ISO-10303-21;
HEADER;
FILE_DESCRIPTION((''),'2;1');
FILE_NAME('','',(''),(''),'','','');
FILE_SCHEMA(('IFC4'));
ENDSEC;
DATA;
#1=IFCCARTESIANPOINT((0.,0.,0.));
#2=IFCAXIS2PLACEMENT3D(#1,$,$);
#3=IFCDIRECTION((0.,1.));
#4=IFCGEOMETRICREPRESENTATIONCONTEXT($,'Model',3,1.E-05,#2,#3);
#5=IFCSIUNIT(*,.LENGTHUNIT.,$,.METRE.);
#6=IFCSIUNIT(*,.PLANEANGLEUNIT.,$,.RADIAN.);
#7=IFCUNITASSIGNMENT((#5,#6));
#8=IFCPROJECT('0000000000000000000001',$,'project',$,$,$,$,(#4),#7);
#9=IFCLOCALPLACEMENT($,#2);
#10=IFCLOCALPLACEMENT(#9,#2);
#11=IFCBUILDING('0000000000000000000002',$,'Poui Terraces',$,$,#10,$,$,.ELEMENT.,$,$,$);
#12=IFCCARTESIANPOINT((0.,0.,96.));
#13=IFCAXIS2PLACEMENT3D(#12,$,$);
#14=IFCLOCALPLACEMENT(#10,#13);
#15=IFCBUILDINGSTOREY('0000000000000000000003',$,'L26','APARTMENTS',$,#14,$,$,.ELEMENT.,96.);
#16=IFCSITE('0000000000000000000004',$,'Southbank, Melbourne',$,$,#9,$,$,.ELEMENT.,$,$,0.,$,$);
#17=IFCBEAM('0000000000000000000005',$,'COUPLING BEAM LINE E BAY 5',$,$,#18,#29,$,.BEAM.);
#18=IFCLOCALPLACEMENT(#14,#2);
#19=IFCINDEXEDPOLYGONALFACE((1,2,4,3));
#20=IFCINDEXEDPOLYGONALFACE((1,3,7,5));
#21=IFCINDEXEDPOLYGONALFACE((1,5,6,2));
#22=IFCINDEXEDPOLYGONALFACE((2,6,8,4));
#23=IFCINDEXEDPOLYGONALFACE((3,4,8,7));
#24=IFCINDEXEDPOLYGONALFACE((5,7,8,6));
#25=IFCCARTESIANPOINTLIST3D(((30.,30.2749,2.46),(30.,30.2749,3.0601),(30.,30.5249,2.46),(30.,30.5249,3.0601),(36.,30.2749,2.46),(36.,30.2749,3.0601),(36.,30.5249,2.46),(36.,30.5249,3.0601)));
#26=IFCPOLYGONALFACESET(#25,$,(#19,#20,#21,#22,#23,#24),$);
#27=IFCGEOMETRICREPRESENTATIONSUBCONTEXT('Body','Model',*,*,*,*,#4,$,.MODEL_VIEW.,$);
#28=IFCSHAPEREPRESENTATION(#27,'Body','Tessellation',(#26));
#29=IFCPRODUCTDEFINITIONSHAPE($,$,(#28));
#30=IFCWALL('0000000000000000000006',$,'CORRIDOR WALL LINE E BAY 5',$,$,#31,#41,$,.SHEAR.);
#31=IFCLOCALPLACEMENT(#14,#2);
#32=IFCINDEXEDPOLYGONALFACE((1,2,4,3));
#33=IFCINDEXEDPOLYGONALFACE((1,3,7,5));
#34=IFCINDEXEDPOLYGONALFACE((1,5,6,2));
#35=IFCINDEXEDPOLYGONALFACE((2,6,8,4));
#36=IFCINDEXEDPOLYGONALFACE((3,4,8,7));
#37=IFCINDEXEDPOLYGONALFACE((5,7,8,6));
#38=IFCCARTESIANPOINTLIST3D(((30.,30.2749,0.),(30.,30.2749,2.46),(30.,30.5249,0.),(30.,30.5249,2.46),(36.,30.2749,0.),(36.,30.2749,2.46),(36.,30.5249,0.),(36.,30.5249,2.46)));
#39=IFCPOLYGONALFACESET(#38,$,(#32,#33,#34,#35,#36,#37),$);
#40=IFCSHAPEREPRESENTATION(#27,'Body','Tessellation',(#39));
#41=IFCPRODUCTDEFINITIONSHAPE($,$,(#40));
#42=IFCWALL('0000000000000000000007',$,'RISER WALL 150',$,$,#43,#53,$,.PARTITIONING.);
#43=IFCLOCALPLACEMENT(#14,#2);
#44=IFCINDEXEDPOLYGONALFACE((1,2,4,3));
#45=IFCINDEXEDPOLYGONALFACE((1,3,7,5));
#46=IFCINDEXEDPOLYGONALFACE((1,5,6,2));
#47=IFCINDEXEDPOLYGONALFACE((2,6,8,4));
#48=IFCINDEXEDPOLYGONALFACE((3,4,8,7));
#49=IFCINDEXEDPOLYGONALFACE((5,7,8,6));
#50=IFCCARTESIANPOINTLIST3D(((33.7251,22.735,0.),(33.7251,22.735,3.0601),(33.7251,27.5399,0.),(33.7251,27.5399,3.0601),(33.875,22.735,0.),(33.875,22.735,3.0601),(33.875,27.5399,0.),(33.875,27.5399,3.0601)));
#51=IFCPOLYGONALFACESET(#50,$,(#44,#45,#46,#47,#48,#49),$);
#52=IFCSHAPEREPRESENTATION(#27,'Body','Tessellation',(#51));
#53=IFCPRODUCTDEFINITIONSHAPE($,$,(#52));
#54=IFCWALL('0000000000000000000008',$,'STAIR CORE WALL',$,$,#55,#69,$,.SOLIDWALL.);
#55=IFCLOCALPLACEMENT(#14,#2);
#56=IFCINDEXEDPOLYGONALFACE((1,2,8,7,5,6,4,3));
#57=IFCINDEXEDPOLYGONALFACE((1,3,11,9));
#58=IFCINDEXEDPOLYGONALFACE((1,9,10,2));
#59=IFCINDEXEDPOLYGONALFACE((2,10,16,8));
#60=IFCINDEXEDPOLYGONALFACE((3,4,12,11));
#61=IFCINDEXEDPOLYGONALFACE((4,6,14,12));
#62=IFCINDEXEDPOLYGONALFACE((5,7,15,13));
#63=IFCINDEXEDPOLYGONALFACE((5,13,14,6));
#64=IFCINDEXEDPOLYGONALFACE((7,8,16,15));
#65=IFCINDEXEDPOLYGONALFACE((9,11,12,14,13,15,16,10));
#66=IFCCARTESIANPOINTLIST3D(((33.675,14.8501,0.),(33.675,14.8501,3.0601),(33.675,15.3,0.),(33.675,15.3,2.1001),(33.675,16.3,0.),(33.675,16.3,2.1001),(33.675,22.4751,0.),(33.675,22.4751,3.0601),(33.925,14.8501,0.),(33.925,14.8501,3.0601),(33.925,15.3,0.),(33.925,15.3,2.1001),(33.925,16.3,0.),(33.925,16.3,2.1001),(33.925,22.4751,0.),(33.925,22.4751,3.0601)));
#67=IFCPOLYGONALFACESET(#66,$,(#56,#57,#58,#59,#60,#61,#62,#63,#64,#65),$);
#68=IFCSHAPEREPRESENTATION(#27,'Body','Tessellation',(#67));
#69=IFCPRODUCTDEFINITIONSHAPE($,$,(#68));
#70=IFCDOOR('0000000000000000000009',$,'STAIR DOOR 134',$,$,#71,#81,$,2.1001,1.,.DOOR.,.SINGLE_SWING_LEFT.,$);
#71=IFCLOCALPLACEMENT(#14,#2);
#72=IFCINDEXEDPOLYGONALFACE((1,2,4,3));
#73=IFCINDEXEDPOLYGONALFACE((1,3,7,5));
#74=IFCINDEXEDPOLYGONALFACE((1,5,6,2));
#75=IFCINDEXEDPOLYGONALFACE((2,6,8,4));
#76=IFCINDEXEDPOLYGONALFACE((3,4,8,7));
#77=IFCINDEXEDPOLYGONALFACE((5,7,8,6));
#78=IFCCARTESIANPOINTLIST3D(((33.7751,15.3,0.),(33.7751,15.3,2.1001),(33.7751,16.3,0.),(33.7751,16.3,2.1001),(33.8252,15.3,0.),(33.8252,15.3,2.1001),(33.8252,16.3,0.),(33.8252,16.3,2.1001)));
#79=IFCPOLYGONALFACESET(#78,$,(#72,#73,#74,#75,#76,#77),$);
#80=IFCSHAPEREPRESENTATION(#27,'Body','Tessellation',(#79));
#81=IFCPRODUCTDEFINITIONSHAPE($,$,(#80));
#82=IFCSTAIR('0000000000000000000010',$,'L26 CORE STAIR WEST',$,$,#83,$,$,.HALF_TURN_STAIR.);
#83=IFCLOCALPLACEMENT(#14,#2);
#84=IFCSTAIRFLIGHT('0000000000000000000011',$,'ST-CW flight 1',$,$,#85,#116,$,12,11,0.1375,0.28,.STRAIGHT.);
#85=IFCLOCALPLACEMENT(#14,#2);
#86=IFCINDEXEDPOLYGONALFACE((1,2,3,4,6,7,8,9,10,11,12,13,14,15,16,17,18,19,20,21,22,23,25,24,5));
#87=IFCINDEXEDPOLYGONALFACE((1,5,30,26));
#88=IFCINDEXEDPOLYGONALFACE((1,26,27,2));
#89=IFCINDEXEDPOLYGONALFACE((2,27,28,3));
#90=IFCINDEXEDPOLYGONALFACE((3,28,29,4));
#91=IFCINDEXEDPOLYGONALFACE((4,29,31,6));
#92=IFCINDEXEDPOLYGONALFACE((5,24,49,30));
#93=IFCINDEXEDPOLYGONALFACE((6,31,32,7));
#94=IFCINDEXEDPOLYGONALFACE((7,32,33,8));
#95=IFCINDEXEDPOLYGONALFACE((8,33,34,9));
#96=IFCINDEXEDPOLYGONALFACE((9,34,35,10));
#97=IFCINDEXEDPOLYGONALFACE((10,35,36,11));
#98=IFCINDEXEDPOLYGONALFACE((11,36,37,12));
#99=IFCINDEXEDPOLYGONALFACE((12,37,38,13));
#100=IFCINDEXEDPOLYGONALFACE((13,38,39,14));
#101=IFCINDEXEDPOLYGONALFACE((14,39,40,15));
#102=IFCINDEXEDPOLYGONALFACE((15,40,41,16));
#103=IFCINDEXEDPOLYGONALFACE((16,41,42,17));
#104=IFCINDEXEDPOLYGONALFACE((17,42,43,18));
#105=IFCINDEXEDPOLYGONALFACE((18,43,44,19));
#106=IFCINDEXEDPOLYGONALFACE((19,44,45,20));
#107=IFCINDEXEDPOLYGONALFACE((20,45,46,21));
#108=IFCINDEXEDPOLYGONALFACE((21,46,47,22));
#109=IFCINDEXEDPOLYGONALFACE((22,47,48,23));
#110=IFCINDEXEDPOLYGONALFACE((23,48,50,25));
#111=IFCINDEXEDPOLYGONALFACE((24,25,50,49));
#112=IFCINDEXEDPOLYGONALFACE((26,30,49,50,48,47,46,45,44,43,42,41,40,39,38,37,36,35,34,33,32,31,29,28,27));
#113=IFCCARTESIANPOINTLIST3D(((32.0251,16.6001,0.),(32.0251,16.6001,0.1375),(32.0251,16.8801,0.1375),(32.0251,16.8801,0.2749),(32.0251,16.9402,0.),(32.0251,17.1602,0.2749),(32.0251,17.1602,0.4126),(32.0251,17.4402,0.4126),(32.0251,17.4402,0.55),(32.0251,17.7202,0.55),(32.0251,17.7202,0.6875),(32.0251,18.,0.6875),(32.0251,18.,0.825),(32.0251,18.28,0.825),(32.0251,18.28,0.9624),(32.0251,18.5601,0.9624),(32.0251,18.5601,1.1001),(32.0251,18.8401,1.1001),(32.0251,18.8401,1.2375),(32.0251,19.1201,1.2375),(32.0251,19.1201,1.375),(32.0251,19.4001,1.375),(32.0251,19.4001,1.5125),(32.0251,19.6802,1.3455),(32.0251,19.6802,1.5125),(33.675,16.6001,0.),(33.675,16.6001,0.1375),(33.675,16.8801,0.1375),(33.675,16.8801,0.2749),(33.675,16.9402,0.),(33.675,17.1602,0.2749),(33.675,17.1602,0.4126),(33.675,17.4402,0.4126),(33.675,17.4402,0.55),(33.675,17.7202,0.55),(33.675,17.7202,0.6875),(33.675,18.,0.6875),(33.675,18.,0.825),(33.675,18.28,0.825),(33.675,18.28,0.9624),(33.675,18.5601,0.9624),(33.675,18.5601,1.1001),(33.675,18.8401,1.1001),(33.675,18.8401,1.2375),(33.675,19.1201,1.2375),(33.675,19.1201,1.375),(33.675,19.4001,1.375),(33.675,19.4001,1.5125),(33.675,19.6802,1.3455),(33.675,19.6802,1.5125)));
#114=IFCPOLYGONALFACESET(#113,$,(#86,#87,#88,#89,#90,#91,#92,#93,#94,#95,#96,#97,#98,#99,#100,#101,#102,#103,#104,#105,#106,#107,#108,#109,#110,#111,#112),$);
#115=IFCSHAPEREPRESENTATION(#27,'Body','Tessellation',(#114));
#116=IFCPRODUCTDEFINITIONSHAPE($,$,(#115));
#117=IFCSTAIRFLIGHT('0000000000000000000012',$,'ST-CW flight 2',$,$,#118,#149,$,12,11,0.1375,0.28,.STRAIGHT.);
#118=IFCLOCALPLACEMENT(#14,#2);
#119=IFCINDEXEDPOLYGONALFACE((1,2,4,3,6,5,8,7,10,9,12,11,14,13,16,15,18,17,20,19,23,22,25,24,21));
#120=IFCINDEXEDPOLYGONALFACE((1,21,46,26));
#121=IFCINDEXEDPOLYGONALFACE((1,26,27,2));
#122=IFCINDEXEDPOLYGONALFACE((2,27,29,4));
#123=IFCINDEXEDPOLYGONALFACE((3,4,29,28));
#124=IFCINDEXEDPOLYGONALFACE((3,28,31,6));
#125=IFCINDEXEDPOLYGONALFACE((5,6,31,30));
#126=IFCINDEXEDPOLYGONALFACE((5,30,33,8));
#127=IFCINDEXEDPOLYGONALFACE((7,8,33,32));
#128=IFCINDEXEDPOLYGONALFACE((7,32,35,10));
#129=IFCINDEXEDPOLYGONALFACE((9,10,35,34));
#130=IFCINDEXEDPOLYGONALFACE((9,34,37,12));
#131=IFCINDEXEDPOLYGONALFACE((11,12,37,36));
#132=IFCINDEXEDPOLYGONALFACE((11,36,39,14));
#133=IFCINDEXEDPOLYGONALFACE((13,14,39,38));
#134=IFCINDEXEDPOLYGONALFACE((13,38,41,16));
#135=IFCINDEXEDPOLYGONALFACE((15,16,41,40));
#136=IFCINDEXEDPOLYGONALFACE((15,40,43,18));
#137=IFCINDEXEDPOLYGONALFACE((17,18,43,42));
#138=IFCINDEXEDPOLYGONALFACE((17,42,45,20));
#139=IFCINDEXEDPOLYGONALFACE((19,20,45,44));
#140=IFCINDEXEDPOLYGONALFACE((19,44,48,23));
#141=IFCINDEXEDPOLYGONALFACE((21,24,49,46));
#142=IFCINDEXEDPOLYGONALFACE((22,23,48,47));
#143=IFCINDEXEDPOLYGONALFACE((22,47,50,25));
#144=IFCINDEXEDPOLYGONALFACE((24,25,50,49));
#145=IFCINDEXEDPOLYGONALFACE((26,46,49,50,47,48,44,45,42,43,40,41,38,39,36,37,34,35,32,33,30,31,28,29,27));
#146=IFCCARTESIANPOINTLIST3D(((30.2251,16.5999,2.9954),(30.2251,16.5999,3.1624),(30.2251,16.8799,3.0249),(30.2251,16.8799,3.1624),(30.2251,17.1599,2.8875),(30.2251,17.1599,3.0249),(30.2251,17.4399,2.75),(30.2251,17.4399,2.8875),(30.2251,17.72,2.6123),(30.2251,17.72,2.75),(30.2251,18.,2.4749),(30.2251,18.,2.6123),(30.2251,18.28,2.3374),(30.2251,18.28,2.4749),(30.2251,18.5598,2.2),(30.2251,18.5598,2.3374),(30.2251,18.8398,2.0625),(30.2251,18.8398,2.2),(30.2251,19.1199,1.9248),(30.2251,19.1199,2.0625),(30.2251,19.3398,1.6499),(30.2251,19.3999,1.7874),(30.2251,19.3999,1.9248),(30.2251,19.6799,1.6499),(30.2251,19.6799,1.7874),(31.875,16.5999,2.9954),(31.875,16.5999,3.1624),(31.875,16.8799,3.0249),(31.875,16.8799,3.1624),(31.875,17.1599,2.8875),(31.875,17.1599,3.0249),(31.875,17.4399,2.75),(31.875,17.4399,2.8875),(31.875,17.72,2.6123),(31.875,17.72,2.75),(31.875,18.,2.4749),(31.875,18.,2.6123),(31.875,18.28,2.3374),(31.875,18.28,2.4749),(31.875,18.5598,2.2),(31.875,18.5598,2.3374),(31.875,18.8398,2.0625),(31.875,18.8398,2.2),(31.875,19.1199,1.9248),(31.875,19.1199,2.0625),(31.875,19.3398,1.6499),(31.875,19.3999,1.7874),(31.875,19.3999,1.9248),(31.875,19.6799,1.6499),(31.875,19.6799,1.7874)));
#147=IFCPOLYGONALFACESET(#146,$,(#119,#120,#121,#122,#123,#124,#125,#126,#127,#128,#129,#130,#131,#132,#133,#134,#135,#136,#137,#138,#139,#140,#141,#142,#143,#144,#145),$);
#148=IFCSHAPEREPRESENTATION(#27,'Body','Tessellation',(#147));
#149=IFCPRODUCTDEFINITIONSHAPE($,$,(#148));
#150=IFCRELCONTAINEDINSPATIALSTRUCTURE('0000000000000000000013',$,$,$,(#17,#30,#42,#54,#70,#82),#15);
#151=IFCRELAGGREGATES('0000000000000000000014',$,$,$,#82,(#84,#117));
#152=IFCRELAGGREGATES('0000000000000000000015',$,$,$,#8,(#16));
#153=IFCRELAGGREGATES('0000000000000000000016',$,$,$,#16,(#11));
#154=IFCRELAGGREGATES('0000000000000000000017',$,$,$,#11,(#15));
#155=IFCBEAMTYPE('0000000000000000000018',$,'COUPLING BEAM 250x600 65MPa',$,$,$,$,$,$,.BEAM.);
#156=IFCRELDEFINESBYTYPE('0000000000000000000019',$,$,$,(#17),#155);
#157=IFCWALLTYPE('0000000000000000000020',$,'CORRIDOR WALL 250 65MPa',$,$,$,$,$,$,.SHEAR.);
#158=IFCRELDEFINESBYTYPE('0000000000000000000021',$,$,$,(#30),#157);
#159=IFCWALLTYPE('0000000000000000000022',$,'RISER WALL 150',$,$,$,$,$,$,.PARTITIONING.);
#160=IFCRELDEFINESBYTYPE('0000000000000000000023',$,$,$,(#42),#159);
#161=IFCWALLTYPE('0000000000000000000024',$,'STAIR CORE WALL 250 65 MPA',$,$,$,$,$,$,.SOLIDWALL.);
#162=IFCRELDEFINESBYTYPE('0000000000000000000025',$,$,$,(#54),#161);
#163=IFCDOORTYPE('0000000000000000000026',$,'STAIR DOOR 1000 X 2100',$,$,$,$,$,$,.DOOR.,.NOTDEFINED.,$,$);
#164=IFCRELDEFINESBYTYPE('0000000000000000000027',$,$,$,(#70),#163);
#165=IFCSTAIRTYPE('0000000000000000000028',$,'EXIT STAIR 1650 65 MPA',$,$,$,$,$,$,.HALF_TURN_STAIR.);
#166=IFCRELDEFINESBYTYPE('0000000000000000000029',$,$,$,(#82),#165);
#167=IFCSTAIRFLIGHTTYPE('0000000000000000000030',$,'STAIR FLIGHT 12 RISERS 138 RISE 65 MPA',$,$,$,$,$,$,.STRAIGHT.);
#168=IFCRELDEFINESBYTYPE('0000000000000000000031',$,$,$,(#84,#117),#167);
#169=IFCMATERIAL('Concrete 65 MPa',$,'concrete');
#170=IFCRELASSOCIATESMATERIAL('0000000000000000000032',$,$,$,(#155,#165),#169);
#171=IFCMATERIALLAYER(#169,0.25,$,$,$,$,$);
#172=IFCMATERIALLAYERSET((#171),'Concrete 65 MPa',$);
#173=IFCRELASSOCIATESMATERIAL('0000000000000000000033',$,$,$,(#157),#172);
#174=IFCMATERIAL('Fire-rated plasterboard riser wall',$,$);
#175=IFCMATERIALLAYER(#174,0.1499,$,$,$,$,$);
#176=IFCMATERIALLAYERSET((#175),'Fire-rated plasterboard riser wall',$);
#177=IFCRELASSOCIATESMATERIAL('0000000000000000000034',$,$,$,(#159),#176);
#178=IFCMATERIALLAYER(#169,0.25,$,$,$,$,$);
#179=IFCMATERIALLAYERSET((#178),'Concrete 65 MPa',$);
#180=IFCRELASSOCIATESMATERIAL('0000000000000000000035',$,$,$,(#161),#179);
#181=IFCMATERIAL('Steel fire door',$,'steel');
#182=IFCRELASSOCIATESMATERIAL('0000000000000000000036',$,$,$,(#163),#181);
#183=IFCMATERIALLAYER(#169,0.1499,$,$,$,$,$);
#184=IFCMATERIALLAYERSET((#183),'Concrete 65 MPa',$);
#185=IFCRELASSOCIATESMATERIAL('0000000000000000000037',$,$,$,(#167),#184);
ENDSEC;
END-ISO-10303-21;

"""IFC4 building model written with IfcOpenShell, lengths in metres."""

from ifc_helpers import new_model, si_unit, direction, frame, frame_2d, origin, origin_2d, place, context, subcontext, project, spatial, polyline, rectangle, outline, extrude, source, transform, mapped, material, layer, layer_set, material_profile, profile_set, type_object, element, fill, aggregate, save


model = new_model("IFC4")

# Units and contexts
model_context = context("Model", 3, precision=1e-05, world=origin(), true_north=direction((0.0, 1.0)))
body_context = subcontext(model_context, "Body", "Model", "MODEL_VIEW")
ifc_project = project(units=[si_unit("LENGTHUNIT", "METRE"), si_unit("PLANEANGLEUNIT", "RADIAN")], contexts=[model_context])

# Site, building, storey
site_placement = place(None, origin())
site = spatial("IfcSite", under=ifc_project, at=site_placement, Name="Southbank, Melbourne", CompositionType="ELEMENT", RefElevation=0.0)
building_placement = place(site_placement, origin())
building = spatial("IfcBuilding", under=site, at=building_placement, Name="Poui Terraces", CompositionType="ELEMENT")
storey_placement = place(building_placement, frame((0.0, 0.0, 96.0)))
storey = spatial("IfcBuildingStorey", under=building, at=storey_placement, Name="L26", Description="APARTMENTS", CompositionType="ELEMENT", Elevation=96.0)

# Beam
ifc_material_1 = material(Name="Concrete 65 MPa", Category="concrete")
ifc_material_profile = material_profile(ifc_material_1, rectangle(XDim=0.25, YDim=0.6001, at=origin_2d()), Name="RC 250x600")
ifc_profile_set = profile_set([ifc_material_profile], Name="Concrete 65 MPa")
beam_type = type_object("IfcBeamType", Name="COUPLING BEAM 250x600 65MPa", PredefinedType="BEAM", material=ifc_profile_set)
shared_shape = source(origin(), body_context, "Body", "SweptSolid", [
    extrude(rectangle(XDim=0.25, YDim=0.6001, at=origin_2d()), origin(), (0.0, 0.0, 1.0), 6.0),
])
beam_placement = place(storey_placement, frame((30.0, 30.3999, 2.76), z_axis=(1.0, 0.0, 0.0), x_axis=(0.0, 1.0, 0.0)))
element("IfcBeam", 1, at=beam_placement, inside=storey, type_object=beam_type, Name="COUPLING BEAM LINE E BAY 5", PredefinedType="BEAM", context=body_context, shape_type="MappedRepresentation", body=[
    mapped(shared_shape, transform((0.0, 0.0, 0.0))),
])

# Walls
ifc_layer_1 = layer(ifc_material_1, 0.25)
ifc_layer_set_1 = layer_set([ifc_layer_1], Name="Concrete 65 MPa")
wall_type_1 = type_object("IfcWallType", Name="CORRIDOR WALL 250 65MPa", PredefinedType="SHEAR", material=ifc_layer_set_1)
wall_1_placement = place(storey_placement, frame((30.0, 30.3999, 0.0), z_axis=(0.0, 0.0, 1.0), x_axis=(1.0, 0.0, 0.0)))
element("IfcWall", 2, at=wall_1_placement, inside=storey, type_object=wall_type_1, Name="CORRIDOR WALL LINE E BAY 5", PredefinedType="SHEAR", context=body_context, shape_type="SweptSolid", body=[
    extrude(rectangle(XDim=6.0, YDim=0.25, at=frame_2d((3.0, 0.0))), origin(), (0.0, 0.0, 1.0), 2.46),
])
ifc_material_2 = material(Name="Fire-rated plasterboard riser wall")
ifc_layer_2 = layer(ifc_material_2, 0.1499)
ifc_layer_set_2 = layer_set([ifc_layer_2], Name="Fire-rated plasterboard riser wall")
wall_type_2 = type_object("IfcWallType", Name="RISER WALL 150", PredefinedType="PARTITIONING", material=ifc_layer_set_2)
wall_2_placement = place(storey_placement, frame((33.8, 22.7351, 0.0), z_axis=(0.0, 0.0, 1.0), x_axis=(0.0, 1.0, 0.0)))
element("IfcWall", 3, at=wall_2_placement, inside=storey, type_object=wall_type_2, Name="RISER WALL 150", PredefinedType="PARTITIONING", context=body_context, shape_type="SweptSolid", body=[
    extrude(rectangle(XDim=4.8049, YDim=0.1499, at=frame_2d((2.4023, 0.0))), origin(), (0.0, 0.0, 1.0), 3.0601),
])

# Wall, opening, door
ifc_layer_3 = layer(ifc_material_1, 0.25)
ifc_layer_set_3 = layer_set([ifc_layer_3], Name="Concrete 65 MPa")
wall_type_3 = type_object("IfcWallType", Name="STAIR CORE WALL 250 65 MPA", PredefinedType="SOLIDWALL", material=ifc_layer_set_3)
wall_3_placement = place(storey_placement, frame((33.8, 14.8501, 0.0), z_axis=(0.0, 0.0, 1.0), x_axis=(0.0, 1.0, 0.0)))
wall_3 = element("IfcWall", 4, at=wall_3_placement, inside=storey, type_object=wall_type_3, Name="STAIR CORE WALL", PredefinedType="SOLIDWALL", context=body_context, shape_type="SweptSolid", body=[
    extrude(rectangle(XDim=7.625, YDim=0.25, at=frame_2d((3.8125, 0.0))), origin(), (0.0, 0.0, 1.0), 3.0601),
])
opening_placement = place(wall_3_placement, frame((0.45, 0.0, 0.0)))
opening = element("IfcOpeningElement", 5, at=opening_placement, cuts=wall_3, PredefinedType="OPENING", context=body_context, shape_type="SweptSolid", body=[
    extrude(rectangle(XDim=1.0, YDim=2.1001, at=frame_2d((0.5, 1.05))), frame((0.0, 0.135, 0.0), z_axis=(0.0, -1.0, 0.0), x_axis=(1.0, 0.0, 0.0)), (0.0, 0.0, 1.0), 0.27),
])
ifc_material_3 = material(Name="Steel fire door", Category="steel")
door_type = type_object("IfcDoorType", Name="STAIR DOOR 1000 X 2100", OperationType="NOTDEFINED", PredefinedType="DOOR", material=ifc_material_3)
door_placement = place(opening_placement, origin())
door = element("IfcDoor", 6, at=door_placement, inside=storey, type_object=door_type, Name="STAIR DOOR 134", OperationType="SINGLE_SWING_LEFT", OverallHeight=2.1001, OverallWidth=1.0, PredefinedType="DOOR", context=body_context, shape_type="SweptSolid", body=[
    extrude(rectangle(XDim=1.0, YDim=2.1001, at=frame_2d((0.5, 1.05))), frame((0.0, 0.0249, 0.0), z_axis=(0.0, -1.0, 0.0), x_axis=(1.0, 0.0, 0.0)), (0.0, 0.0, 1.0), 0.05),
])
fill(opening, door)

# Stair, stair flights
stair_type = type_object("IfcStairType", Name="EXIT STAIR 1650 65 MPA", PredefinedType="HALF_TURN_STAIR", material=ifc_material_1)
stair_placement = place(storey_placement, origin())
stair = element("IfcStair", 7, at=stair_placement, inside=storey, type_object=stair_type, Name="L26 CORE STAIR WEST", PredefinedType="HALF_TURN_STAIR")
ifc_layer_4 = layer(ifc_material_1, 0.1499)
ifc_layer_set_4 = layer_set([ifc_layer_4], Name="Concrete 65 MPa")
stair_flight_type = type_object("IfcStairFlightType", Name="STAIR FLIGHT 12 RISERS 138 RISE 65 MPA", PredefinedType="STRAIGHT", material=ifc_layer_set_4)
stair_flight_1_placement = place(storey_placement, frame((32.8501, 16.6001, 0.0), z_axis=(0.0, 0.0, 1.0), x_axis=(0.0, 1.0, 0.0)))
stair_flight_1 = element("IfcStairFlight", 8, at=stair_flight_1_placement, type_object=stair_flight_type, Name="ST-CW flight 1", NumberOfRisers=12, NumberOfTreads=11, PredefinedType="STRAIGHT", RiserHeight=0.1375, TreadLength=0.28, context=body_context, shape_type="SweptSolid", body=[
    extrude(outline(polyline([(0.0, 0.0), (0.0, 0.1375), (0.28, 0.1375), (0.28, 0.2749), (0.5601, 0.2749), (0.5601, 0.4126), (0.8401, 0.4126), (0.8401, 0.55), (1.1201, 0.55), (1.1201, 0.6875), (1.3999, 0.6875), (1.3999, 0.825), (1.6799, 0.825), (1.6799, 0.9624), (1.96, 0.9624), (1.96, 1.1001), (2.24, 1.1001), (2.24, 1.2375), (2.52, 1.2375), (2.52, 1.375), (2.8, 1.375), (2.8, 1.5125), (3.0801, 1.5125), (3.0801, 1.6499), (3.0801, 1.3455), (0.3401, 0.0), (0.0, 0.0)])), frame((0.0, 0.825, 0.0), z_axis=(0.0, -1.0, 0.0), x_axis=(1.0, 0.0, 0.0)), (0.0, 0.0, 1.0), 1.6499),
])
stair_flight_2_placement = place(storey_placement, frame((31.05, 19.6799, 1.6499), z_axis=(0.0, 0.0, 1.0), x_axis=(0.0, -1.0, 0.0)))
stair_flight_2 = element("IfcStairFlight", 9, at=stair_flight_2_placement, type_object=stair_flight_type, Name="ST-CW flight 2", NumberOfRisers=12, NumberOfTreads=11, PredefinedType="STRAIGHT", RiserHeight=0.1375, TreadLength=0.28, context=body_context, shape_type="SweptSolid", body=[
    extrude(outline(polyline([(0.0, 0.0), (0.0, 0.1375), (0.28, 0.1375), (0.28, 0.2749), (0.5601, 0.2749), (0.5601, 0.4126), (0.8401, 0.4126), (0.8401, 0.55), (1.1201, 0.55), (1.1201, 0.6875), (1.3999, 0.6875), (1.3999, 0.825), (1.6799, 0.825), (1.6799, 0.9624), (1.96, 0.9624), (1.96, 1.1001), (2.24, 1.1001), (2.24, 1.2375), (2.52, 1.2375), (2.52, 1.375), (2.8, 1.375), (2.8, 1.5125), (3.0801, 1.5125), (3.0801, 1.6499), (3.0801, 1.3455), (0.3401, 0.0), (0.0, 0.0)])), frame((0.0, 0.825, 0.0), z_axis=(0.0, -1.0, 0.0), x_axis=(1.0, 0.0, 0.0)), (0.0, 0.0, 1.0), 1.6499),
])
aggregate(stair, [stair_flight_1, stair_flight_2])

save(model, "model.ifc")
